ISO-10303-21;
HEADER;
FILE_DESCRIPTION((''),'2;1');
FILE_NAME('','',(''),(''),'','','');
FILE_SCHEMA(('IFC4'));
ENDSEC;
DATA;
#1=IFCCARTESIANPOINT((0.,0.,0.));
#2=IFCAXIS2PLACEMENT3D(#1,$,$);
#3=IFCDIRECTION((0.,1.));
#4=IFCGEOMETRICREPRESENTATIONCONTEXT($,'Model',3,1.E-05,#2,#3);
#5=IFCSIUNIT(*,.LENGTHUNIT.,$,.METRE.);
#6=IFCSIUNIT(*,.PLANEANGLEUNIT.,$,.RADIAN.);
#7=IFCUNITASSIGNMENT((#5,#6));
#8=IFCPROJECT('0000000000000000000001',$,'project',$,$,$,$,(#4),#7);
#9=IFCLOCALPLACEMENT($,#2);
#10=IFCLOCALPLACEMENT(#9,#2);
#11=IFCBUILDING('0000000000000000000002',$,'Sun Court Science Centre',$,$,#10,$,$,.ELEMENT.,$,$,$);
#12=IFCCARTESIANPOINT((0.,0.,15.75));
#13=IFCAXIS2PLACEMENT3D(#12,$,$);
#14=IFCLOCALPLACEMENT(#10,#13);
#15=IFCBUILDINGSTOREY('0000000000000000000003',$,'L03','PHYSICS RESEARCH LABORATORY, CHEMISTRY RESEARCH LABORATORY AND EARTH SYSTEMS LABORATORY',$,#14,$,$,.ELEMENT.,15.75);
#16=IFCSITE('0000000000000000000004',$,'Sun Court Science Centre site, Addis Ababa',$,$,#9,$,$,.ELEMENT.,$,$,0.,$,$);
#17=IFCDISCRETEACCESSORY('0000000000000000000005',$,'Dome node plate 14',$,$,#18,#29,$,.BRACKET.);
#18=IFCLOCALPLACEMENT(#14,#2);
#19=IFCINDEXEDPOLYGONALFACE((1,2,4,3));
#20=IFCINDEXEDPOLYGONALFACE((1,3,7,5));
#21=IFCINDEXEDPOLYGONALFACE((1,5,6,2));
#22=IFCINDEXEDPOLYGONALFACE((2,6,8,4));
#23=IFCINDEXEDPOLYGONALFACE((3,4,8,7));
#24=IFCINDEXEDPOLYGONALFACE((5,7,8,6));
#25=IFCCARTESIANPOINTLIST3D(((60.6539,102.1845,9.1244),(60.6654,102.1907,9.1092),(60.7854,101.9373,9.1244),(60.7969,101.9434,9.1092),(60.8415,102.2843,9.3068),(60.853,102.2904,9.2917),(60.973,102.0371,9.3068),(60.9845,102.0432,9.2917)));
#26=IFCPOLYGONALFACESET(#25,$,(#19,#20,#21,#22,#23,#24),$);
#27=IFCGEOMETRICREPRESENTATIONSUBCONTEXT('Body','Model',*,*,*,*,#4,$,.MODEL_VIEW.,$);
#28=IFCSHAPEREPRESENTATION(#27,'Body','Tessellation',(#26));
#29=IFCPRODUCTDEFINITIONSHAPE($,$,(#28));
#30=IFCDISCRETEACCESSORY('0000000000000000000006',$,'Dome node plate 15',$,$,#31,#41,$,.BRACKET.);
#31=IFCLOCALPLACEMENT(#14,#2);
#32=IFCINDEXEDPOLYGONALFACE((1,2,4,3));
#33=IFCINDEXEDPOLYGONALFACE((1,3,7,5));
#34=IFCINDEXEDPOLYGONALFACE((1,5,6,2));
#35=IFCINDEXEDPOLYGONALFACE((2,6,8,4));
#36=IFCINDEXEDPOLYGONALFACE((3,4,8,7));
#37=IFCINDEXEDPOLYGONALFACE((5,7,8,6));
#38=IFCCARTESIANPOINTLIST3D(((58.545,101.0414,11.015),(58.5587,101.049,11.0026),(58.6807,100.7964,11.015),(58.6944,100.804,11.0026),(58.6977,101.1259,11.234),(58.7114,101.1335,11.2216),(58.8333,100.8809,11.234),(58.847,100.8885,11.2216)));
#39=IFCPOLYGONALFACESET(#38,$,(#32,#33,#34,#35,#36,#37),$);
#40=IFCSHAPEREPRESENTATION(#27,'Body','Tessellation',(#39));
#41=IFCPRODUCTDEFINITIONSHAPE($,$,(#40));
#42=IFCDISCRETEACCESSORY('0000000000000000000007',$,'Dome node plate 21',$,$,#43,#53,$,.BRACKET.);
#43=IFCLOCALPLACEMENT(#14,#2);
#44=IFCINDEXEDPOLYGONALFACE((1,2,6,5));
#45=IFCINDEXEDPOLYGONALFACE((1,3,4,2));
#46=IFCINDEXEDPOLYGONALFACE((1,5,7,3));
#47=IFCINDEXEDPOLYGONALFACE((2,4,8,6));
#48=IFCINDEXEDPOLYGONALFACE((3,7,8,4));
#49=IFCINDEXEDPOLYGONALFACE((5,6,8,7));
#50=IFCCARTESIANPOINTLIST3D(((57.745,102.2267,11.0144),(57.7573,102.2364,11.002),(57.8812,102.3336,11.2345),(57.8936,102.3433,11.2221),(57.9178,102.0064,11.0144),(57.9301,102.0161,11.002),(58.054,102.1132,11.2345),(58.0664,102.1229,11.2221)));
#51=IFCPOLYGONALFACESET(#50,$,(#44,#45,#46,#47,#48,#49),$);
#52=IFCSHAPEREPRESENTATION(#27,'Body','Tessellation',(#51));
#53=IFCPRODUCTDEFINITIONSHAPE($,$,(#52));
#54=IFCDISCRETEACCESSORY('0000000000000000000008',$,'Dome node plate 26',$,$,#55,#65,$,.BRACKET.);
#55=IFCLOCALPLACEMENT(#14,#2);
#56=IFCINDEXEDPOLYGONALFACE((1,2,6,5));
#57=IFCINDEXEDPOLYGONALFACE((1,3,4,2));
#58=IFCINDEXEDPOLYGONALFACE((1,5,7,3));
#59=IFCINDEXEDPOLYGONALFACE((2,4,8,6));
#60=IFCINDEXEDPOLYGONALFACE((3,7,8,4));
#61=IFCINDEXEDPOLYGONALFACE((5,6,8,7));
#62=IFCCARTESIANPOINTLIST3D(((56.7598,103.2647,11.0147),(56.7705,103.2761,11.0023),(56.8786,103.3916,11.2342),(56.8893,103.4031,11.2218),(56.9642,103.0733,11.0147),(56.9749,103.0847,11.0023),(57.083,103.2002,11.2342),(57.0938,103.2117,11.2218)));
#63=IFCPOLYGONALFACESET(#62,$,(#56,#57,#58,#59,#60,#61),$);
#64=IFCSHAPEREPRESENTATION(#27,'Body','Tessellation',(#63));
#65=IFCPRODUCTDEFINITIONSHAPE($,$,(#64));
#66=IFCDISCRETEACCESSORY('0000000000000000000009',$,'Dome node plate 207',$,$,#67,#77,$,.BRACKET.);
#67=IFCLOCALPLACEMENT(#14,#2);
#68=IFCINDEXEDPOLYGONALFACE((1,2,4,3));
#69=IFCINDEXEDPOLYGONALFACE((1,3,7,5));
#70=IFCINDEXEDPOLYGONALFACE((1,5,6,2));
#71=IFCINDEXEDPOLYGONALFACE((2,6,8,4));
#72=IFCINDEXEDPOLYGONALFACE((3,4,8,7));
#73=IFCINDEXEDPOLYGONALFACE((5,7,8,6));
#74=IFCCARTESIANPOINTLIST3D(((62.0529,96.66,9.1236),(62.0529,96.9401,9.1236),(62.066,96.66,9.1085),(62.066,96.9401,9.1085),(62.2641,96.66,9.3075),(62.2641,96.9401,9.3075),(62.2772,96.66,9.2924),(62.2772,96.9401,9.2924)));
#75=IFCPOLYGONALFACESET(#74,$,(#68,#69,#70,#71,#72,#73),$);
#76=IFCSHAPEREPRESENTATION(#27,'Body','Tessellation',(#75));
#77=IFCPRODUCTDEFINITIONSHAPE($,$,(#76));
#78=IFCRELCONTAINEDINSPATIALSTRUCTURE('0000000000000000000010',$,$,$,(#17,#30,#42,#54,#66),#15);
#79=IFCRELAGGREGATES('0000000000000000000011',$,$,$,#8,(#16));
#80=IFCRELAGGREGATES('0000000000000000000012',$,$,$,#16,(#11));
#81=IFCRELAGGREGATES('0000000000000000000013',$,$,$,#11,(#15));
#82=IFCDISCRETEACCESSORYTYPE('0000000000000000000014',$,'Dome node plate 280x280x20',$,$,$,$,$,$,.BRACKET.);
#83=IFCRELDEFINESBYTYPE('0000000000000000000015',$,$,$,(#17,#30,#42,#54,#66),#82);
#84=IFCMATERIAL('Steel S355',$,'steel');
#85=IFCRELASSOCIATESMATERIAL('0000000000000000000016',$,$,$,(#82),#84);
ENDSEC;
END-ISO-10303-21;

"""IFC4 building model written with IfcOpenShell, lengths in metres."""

from ifc_helpers import new_model, si_unit, direction, frame, origin, origin_2d, place, context, subcontext, project, spatial, rectangle, extrude, material, material_profile, profile_set, type_object, element, save


model = new_model("IFC4")

# Units and contexts
model_context = context("Model", 3, precision=1e-05, world=origin(), true_north=direction((0.0, 1.0)))
body_context = subcontext(model_context, "Body", "Model", "MODEL_VIEW")
ifc_project = project(units=[si_unit("LENGTHUNIT", "METRE"), si_unit("PLANEANGLEUNIT", "RADIAN")], contexts=[model_context])

# Site, building, storey
site_placement = place(None, origin())
site = spatial("IfcSite", under=ifc_project, at=site_placement, Name="Sun Court Science Centre site, Addis Ababa", CompositionType="ELEMENT", RefElevation=0.0)
building_placement = place(site_placement, origin())
building = spatial("IfcBuilding", under=site, at=building_placement, Name="Sun Court Science Centre", CompositionType="ELEMENT")
storey_placement = place(building_placement, frame((0.0, 0.0, 15.75)))
storey = spatial("IfcBuildingStorey", under=building, at=storey_placement, Name="L03", Description="PHYSICS RESEARCH LABORATORY, CHEMISTRY RESEARCH LABORATORY AND EARTH SYSTEMS LABORATORY", CompositionType="ELEMENT", Elevation=15.75)

# Discrete accessories
ifc_material_1 = material(Name="Steel S355", Category="steel")
ifc_material_profile_1 = material_profile(ifc_material_1, rectangle(XDim=0.28, YDim=0.28, at=origin_2d()), Name="PL 280x280")
ifc_profile_set_1 = profile_set([ifc_material_profile_1], Name="Steel S355")
discrete_accessory_type = type_object("IfcDiscreteAccessoryType", Name="Dome node plate 280x280x20", PredefinedType="BRACKET", material=ifc_profile_set_1)
for number, where, z_axis, x_axis, name in (
    (1, (60.825, 102.1169, 9.2004), (-0.575141, -0.305926, 0.758697), (0.469613, -0.882872, 0.0), "Dome node plate 14"),
    (2, (58.7029, 100.9688, 11.1121), (-0.684251, -0.378782, 0.623157), (0.484316, -0.874893, 0.0), "Dome node plate 15"),
    (3, (57.9119, 102.1797, 11.1121), (-0.618375, -0.485, 0.618375), (0.61714, -0.786853, 0.0), "Dome node plate 21"),
    (4, (56.9321, 103.2439, 11.1121), (-0.53571, -0.572235, 0.620936), (0.730021, -0.683424, 0.0), "Dome node plate 26"),
    (5, (62.1716, 96.8, 9.2004), (-0.656781, 0.0, 0.754082), (0.0, -1.0, 0.0), "Dome node plate 207"),
):
    element("IfcDiscreteAccessory", number, at=place(storey_placement, frame(where, z_axis=z_axis, x_axis=x_axis)), inside=storey, type_object=discrete_accessory_type, Name=name, PredefinedType="BRACKET", context=body_context, shape_type="SweptSolid", body=[
        extrude(rectangle(XDim=0.28, YDim=0.28, at=origin_2d()), origin(), (0.0, 0.0, 1.0), 0.02),
    ])

save(model, "model.ifc")
